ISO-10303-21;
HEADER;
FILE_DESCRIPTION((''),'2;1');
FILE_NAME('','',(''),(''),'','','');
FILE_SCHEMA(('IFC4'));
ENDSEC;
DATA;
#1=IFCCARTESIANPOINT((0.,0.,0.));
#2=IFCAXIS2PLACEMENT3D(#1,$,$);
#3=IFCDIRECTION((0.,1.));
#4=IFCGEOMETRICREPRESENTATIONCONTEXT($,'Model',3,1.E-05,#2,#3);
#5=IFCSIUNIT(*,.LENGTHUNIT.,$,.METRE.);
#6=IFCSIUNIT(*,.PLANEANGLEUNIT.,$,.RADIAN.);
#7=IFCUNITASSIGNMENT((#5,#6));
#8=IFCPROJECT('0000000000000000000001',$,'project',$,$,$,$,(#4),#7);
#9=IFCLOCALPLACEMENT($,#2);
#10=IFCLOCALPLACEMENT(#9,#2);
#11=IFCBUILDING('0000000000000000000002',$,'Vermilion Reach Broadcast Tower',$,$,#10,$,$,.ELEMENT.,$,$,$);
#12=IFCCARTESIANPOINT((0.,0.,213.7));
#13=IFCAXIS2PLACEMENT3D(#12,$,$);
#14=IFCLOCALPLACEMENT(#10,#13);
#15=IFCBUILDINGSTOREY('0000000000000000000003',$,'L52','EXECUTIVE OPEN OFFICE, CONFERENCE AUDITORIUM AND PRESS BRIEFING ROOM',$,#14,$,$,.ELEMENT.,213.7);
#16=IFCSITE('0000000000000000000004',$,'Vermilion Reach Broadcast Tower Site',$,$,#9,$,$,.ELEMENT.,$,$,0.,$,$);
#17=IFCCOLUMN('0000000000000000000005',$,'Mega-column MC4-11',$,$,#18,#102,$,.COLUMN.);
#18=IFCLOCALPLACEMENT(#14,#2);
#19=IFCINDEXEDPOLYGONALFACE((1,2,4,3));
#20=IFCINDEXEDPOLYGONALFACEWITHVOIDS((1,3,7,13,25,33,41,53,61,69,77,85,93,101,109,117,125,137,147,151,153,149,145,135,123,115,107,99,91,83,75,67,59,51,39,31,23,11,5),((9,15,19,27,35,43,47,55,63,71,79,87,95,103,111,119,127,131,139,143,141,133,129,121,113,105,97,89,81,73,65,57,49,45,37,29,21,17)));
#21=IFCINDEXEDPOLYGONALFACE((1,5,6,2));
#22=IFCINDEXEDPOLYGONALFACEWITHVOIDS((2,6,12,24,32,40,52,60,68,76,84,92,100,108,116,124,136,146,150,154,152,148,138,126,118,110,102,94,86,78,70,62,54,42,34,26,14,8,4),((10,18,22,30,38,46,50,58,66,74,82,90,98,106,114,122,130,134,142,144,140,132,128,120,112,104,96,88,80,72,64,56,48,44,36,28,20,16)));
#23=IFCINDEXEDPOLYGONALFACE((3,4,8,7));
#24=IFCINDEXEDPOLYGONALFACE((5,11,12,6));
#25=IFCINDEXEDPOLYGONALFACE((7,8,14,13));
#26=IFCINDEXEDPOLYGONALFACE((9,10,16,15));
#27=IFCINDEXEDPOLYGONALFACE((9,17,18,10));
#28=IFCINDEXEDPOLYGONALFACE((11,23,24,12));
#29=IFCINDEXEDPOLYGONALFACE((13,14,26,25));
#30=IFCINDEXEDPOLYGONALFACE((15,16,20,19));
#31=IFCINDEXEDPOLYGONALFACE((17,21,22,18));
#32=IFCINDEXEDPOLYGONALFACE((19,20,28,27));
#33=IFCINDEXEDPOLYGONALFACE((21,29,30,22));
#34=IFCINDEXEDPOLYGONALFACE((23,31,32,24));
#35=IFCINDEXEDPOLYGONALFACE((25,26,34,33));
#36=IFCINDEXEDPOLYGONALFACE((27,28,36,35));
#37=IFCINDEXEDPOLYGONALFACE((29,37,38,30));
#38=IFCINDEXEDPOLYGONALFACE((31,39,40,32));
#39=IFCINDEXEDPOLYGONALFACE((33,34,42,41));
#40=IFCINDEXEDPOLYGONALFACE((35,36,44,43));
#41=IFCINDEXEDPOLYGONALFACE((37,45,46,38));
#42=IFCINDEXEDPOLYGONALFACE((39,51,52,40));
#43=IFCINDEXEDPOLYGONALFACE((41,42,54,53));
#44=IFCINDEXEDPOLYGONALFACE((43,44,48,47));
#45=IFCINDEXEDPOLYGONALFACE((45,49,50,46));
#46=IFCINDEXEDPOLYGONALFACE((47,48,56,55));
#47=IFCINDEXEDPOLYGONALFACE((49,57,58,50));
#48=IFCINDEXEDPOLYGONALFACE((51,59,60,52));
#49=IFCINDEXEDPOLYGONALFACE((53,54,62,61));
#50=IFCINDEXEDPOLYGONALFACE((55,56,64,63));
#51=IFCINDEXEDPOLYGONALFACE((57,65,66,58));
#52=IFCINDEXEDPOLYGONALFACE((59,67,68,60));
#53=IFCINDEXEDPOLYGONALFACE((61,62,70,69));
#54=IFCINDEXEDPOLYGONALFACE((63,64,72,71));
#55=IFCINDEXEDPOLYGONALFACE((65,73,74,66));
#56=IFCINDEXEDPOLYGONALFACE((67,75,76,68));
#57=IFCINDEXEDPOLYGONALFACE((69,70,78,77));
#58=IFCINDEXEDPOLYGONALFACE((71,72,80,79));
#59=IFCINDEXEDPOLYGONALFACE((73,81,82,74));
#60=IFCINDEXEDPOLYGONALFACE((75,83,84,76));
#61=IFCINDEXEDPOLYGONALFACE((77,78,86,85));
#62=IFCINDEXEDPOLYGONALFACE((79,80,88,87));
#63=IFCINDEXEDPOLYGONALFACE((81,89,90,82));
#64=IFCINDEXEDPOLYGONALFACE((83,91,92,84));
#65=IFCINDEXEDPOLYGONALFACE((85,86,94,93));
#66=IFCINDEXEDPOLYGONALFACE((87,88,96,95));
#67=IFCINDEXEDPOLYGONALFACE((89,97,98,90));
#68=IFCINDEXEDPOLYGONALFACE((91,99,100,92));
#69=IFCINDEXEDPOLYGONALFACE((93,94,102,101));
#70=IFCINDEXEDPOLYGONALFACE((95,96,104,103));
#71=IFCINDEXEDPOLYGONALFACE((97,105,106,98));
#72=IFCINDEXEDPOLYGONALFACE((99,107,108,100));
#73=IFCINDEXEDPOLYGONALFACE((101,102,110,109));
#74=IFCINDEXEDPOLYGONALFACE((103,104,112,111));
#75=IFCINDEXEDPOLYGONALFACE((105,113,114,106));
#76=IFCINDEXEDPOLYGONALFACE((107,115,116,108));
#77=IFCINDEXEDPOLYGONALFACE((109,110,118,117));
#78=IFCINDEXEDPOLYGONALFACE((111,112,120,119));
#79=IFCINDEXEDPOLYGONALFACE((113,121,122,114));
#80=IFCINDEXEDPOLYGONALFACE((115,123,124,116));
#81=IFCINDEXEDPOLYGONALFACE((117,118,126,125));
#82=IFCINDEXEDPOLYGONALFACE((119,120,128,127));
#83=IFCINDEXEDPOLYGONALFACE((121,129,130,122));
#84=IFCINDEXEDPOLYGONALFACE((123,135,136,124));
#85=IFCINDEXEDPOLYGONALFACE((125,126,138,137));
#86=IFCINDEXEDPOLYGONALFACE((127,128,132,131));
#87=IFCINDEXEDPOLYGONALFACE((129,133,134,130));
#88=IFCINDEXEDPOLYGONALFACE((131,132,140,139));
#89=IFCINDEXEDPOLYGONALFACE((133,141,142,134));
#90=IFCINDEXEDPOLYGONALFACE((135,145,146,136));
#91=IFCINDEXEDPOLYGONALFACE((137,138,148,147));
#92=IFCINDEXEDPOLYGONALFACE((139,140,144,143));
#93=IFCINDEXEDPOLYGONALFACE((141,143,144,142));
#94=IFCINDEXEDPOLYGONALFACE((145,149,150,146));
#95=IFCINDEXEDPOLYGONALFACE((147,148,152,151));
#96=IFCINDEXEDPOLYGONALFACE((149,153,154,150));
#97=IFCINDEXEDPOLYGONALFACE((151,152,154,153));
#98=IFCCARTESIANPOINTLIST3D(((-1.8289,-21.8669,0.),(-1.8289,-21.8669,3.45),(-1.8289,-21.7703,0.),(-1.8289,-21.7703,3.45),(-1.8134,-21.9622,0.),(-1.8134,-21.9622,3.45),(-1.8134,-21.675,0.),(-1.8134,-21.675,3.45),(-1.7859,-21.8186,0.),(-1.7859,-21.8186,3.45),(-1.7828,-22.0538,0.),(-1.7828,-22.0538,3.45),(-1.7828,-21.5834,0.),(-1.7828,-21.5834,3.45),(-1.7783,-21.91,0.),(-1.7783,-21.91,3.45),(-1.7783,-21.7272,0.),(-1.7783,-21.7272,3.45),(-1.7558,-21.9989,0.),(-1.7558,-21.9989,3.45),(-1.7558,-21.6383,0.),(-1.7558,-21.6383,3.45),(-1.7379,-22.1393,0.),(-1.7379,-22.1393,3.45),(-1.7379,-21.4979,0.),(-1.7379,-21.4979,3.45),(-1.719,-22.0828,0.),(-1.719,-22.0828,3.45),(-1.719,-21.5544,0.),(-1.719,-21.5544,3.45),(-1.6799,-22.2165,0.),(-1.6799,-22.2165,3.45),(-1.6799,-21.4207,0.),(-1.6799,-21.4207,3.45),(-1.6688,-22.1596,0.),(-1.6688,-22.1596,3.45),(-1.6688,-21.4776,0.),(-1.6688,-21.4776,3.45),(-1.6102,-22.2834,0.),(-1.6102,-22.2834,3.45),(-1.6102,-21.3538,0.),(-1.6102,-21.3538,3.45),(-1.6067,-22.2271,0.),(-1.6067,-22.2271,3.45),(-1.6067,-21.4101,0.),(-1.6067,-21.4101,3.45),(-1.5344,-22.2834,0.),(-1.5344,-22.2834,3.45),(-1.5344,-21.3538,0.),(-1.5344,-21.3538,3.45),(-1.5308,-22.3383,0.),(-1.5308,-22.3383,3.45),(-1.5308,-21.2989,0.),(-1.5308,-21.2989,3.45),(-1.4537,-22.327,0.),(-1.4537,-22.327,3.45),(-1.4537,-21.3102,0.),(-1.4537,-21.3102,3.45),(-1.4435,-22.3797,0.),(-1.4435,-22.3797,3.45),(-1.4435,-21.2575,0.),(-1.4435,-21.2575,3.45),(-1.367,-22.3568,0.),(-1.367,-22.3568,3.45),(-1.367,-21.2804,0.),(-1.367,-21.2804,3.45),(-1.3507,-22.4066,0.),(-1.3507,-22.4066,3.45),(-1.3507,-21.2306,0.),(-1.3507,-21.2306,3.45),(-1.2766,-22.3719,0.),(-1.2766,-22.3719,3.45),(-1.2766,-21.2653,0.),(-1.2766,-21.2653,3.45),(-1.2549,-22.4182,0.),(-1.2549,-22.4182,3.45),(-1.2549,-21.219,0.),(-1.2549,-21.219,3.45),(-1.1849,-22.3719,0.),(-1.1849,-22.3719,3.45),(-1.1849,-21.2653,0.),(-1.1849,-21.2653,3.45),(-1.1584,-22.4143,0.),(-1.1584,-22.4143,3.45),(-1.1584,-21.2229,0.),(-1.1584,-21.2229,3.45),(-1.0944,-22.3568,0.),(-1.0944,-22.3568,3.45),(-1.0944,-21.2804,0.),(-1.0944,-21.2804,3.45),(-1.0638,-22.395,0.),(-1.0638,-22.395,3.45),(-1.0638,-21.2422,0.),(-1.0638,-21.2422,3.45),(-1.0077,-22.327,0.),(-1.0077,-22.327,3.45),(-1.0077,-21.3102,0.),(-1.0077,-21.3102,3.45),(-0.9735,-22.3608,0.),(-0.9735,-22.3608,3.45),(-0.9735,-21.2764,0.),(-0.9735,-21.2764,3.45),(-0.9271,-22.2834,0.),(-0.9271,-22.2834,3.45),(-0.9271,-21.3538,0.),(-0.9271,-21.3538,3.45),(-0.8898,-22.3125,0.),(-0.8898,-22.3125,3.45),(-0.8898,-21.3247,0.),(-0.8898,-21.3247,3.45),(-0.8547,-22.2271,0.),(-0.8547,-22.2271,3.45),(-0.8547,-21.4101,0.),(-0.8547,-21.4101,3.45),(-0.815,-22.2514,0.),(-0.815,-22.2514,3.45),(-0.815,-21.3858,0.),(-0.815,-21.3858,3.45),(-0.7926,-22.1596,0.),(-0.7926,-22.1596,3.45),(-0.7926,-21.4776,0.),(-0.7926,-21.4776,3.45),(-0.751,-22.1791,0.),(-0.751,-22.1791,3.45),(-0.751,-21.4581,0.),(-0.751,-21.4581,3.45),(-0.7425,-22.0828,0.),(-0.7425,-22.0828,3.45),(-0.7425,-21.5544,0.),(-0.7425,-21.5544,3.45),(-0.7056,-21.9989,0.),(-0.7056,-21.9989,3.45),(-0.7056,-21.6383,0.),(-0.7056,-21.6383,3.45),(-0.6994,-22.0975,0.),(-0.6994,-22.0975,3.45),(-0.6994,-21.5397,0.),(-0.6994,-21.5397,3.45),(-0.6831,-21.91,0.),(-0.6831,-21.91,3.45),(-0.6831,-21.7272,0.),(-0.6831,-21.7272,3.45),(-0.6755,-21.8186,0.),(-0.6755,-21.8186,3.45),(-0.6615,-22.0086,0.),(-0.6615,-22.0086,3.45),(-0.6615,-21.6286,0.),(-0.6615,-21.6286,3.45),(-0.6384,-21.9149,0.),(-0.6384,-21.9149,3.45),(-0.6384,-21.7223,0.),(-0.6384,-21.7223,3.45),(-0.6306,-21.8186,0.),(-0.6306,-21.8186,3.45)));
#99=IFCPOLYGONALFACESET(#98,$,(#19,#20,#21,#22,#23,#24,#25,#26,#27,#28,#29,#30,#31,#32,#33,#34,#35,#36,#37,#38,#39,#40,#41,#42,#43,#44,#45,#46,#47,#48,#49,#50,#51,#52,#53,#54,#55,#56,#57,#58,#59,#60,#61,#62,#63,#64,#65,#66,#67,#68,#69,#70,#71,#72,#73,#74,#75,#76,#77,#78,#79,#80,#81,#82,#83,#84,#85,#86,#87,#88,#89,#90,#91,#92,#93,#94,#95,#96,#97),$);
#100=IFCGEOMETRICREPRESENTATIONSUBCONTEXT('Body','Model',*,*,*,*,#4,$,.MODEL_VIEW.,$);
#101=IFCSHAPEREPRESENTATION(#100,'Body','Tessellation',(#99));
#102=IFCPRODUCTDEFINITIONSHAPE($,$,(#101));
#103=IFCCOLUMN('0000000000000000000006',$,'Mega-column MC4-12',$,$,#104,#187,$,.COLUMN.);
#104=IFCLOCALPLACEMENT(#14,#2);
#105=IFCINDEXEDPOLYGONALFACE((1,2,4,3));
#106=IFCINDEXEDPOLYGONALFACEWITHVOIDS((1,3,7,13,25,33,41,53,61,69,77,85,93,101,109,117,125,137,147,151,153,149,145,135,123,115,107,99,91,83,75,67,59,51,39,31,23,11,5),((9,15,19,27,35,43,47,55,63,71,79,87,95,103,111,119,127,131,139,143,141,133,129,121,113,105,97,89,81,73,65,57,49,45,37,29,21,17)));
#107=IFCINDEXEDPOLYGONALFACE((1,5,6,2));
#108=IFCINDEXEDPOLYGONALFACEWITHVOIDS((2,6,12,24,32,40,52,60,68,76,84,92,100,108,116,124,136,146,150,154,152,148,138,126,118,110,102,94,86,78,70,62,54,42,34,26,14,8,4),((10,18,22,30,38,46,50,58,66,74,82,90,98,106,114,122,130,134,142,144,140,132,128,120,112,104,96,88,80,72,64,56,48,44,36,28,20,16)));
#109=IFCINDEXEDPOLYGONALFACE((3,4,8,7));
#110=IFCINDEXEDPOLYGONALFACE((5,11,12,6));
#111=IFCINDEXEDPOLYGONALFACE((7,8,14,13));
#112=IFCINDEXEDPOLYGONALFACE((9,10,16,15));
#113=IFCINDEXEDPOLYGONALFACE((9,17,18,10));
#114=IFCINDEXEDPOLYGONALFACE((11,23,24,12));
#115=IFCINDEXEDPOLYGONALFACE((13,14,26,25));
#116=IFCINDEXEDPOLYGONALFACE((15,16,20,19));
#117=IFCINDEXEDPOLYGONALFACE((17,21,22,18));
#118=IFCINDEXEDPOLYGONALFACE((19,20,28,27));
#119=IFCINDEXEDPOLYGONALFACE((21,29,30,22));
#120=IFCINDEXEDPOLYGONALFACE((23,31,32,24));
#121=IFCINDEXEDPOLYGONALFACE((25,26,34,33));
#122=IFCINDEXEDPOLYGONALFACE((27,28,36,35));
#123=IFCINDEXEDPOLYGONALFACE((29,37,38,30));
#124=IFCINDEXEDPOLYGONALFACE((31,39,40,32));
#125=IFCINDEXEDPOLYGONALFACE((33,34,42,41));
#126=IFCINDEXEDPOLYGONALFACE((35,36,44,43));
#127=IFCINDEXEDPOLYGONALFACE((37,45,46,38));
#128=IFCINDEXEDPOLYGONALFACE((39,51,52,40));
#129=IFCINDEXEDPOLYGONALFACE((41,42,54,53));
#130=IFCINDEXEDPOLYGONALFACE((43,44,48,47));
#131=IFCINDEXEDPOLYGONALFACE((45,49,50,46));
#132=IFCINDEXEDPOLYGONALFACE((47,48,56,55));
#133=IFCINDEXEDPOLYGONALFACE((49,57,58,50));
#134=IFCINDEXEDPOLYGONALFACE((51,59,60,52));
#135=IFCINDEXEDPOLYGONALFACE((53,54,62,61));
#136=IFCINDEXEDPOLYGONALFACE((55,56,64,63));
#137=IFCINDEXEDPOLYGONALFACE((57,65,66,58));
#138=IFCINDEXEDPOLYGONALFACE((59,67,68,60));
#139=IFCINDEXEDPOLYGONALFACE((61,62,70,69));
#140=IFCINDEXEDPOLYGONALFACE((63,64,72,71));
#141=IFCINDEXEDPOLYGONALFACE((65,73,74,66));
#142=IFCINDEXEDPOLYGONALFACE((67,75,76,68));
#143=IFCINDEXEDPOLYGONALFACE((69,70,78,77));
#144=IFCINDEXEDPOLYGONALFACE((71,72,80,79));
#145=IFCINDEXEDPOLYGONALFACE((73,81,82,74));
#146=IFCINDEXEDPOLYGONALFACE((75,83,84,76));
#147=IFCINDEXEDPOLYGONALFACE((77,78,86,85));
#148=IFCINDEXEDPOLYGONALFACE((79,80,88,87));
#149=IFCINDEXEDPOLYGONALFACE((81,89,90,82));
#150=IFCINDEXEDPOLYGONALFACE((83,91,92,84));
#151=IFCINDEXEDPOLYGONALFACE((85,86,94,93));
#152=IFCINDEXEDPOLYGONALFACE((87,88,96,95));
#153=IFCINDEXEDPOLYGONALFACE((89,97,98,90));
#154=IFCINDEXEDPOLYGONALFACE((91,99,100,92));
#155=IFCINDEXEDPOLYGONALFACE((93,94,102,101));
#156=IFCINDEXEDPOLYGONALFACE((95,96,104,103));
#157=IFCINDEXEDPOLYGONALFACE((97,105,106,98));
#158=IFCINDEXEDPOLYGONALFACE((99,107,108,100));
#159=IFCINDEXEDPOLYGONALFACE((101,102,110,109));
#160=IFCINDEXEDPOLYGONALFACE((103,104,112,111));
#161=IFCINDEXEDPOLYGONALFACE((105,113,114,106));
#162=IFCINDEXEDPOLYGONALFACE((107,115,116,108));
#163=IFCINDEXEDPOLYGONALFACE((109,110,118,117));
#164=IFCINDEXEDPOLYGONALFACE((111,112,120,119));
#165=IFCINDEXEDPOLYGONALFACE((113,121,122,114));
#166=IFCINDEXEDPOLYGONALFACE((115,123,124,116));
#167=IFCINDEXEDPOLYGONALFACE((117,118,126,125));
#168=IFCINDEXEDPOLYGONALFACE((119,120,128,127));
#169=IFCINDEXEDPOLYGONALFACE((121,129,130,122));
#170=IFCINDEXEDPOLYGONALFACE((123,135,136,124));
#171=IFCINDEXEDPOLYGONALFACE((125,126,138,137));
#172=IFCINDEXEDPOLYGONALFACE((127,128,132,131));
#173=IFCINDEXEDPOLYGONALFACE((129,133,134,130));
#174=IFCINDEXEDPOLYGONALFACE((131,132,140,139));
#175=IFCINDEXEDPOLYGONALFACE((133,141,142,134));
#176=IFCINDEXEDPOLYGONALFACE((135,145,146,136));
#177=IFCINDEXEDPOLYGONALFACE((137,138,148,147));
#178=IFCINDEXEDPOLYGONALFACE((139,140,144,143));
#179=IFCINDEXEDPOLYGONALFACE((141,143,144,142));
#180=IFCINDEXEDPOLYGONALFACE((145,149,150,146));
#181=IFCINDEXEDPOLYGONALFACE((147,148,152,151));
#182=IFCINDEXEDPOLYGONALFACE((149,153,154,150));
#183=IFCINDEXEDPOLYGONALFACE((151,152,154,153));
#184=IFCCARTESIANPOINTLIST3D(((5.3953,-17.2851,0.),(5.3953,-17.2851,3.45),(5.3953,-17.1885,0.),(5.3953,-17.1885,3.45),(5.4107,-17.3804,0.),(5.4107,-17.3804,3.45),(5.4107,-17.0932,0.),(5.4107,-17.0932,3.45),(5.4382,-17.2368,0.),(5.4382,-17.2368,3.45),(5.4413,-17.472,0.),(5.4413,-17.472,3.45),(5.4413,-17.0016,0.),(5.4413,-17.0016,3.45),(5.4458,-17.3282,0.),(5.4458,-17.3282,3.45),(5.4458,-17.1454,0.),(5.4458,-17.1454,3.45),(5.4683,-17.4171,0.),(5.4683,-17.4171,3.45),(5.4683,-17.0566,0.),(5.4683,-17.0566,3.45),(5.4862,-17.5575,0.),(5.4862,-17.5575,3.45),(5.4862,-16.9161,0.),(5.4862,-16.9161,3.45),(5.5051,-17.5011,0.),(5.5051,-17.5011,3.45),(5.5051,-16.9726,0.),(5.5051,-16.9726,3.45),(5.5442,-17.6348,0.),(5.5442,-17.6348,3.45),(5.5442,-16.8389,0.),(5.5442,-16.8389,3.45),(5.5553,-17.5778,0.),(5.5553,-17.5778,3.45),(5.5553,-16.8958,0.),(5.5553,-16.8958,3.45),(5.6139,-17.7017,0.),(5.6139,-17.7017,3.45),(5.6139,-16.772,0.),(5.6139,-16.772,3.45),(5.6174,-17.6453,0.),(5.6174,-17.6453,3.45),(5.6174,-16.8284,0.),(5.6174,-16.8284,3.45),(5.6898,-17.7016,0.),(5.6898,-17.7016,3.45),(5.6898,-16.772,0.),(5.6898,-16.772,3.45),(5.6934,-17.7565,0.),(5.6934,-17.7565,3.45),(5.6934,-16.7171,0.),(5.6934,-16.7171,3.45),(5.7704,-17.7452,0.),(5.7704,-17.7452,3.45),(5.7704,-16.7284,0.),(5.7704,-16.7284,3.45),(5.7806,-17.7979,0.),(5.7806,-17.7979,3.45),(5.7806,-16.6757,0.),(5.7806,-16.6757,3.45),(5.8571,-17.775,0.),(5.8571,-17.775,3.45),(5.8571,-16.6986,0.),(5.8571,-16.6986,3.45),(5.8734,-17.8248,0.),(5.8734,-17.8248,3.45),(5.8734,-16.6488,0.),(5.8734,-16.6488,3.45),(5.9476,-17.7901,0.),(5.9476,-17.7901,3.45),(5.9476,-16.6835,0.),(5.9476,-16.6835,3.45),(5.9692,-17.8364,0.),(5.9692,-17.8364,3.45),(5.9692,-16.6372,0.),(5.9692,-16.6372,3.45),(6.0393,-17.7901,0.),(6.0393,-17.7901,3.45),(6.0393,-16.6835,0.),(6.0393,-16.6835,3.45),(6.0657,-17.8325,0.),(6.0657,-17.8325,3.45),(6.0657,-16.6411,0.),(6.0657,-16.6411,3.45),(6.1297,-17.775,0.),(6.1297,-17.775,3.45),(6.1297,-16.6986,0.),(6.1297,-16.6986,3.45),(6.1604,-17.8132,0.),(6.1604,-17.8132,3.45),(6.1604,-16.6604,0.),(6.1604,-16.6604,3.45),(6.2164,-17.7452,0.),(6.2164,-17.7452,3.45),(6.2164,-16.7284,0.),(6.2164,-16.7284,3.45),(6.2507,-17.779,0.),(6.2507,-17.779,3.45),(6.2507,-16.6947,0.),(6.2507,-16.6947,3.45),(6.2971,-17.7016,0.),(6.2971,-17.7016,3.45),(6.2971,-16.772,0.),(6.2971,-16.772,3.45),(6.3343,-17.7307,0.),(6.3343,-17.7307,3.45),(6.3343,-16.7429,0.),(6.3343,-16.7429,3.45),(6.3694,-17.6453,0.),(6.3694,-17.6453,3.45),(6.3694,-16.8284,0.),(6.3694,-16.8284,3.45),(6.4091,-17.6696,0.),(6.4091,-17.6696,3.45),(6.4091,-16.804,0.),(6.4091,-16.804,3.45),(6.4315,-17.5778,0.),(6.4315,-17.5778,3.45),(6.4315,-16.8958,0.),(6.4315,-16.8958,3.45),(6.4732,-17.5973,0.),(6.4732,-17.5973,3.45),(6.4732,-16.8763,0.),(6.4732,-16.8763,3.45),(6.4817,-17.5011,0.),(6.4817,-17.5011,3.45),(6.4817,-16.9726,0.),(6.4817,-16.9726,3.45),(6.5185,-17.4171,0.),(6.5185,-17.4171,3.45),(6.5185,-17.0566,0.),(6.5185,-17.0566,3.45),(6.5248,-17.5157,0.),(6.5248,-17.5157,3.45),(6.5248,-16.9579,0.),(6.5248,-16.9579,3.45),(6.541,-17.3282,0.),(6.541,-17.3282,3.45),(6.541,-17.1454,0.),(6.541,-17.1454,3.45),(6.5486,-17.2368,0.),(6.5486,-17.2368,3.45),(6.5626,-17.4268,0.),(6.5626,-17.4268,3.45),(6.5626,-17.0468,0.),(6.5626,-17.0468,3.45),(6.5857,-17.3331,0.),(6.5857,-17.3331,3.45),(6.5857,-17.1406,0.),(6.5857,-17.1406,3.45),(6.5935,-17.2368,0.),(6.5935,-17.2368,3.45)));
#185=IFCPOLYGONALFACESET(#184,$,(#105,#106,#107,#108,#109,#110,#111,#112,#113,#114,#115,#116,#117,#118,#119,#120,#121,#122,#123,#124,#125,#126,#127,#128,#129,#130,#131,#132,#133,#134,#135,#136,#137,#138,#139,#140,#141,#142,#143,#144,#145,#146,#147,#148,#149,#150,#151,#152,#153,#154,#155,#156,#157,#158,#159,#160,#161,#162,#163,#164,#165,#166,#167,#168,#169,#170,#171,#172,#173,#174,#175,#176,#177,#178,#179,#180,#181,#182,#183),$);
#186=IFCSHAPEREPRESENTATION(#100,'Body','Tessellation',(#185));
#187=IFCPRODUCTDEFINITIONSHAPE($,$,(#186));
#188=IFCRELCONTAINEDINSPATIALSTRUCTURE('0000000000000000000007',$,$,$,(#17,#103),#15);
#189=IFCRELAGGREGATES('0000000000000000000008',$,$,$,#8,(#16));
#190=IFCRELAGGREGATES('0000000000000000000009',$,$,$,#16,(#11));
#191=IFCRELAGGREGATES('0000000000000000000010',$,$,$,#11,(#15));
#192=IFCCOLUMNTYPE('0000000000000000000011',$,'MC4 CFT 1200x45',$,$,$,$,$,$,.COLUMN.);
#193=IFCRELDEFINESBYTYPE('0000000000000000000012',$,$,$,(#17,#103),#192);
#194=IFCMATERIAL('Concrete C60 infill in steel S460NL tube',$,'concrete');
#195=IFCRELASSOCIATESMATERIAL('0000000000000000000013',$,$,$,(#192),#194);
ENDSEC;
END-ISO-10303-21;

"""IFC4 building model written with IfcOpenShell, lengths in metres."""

from ifc_helpers import new_model, si_unit, direction, frame, origin, origin_2d, place, context, subcontext, project, spatial, hollow_circle, extrude, material, material_profile, profile_set, type_object, element, save


model = new_model("IFC4")

# Units and contexts
model_context = context("Model", 3, precision=1e-05, world=origin(), true_north=direction((0.0, 1.0)))
body_context = subcontext(model_context, "Body", "Model", "MODEL_VIEW")
ifc_project = project(units=[si_unit("LENGTHUNIT", "METRE"), si_unit("PLANEANGLEUNIT", "RADIAN")], contexts=[model_context])

# Site, building, storey
site_placement = place(None, origin())
site = spatial("IfcSite", under=ifc_project, at=site_placement, Name="Vermilion Reach Broadcast Tower Site", CompositionType="ELEMENT", RefElevation=0.0)
building_placement = place(site_placement, origin())
building = spatial("IfcBuilding", under=site, at=building_placement, Name="Vermilion Reach Broadcast Tower", CompositionType="ELEMENT")
storey_placement = place(building_placement, frame((0.0, 0.0, 213.7)))
storey = spatial("IfcBuildingStorey", under=building, at=storey_placement, Name="L52", Description="EXECUTIVE OPEN OFFICE, CONFERENCE AUDITORIUM AND PRESS BRIEFING ROOM", CompositionType="ELEMENT", Elevation=213.7)

# Columns
ifc_material_1 = material(Name="Concrete C60 infill in steel S460NL tube", Category="concrete")
ifc_material_profile_1 = material_profile(ifc_material_1, hollow_circle(Radius=0.6001, WallThickness=0.0449, at=origin_2d()), Name="Concrete C60 infill in steel S460NL tube CFT 1200x45")
ifc_profile_set_1 = profile_set([ifc_material_profile_1], Name="Concrete C60 infill in steel S460NL tube")
column_type = type_object("IfcColumnType", Name="MC4 CFT 1200x45", PredefinedType="COLUMN", material=ifc_profile_set_1)
for number, where, z_axis, x_axis, name in (
    (1, (-1.2307, -21.8186, 0.0), (0.0, 0.0, 1.0), (1.0, 0.0, 0.0), "Mega-column MC4-11"),
    (2, (5.9934, -17.2368, 0.0), (0.0, 0.0, 1.0), (1.0, 0.0, 0.0), "Mega-column MC4-12"),
):
    element("IfcColumn", number, at=place(storey_placement, frame(where, z_axis=z_axis, x_axis=x_axis)), inside=storey, type_object=column_type, Name=name, PredefinedType="COLUMN", context=body_context, shape_type="SweptSolid", body=[
        extrude(hollow_circle(Radius=0.6001, WallThickness=0.0449, at=origin_2d()), origin(), (0.0, 0.0, 1.0), 3.45),
    ])

save(model, "model.ifc")
